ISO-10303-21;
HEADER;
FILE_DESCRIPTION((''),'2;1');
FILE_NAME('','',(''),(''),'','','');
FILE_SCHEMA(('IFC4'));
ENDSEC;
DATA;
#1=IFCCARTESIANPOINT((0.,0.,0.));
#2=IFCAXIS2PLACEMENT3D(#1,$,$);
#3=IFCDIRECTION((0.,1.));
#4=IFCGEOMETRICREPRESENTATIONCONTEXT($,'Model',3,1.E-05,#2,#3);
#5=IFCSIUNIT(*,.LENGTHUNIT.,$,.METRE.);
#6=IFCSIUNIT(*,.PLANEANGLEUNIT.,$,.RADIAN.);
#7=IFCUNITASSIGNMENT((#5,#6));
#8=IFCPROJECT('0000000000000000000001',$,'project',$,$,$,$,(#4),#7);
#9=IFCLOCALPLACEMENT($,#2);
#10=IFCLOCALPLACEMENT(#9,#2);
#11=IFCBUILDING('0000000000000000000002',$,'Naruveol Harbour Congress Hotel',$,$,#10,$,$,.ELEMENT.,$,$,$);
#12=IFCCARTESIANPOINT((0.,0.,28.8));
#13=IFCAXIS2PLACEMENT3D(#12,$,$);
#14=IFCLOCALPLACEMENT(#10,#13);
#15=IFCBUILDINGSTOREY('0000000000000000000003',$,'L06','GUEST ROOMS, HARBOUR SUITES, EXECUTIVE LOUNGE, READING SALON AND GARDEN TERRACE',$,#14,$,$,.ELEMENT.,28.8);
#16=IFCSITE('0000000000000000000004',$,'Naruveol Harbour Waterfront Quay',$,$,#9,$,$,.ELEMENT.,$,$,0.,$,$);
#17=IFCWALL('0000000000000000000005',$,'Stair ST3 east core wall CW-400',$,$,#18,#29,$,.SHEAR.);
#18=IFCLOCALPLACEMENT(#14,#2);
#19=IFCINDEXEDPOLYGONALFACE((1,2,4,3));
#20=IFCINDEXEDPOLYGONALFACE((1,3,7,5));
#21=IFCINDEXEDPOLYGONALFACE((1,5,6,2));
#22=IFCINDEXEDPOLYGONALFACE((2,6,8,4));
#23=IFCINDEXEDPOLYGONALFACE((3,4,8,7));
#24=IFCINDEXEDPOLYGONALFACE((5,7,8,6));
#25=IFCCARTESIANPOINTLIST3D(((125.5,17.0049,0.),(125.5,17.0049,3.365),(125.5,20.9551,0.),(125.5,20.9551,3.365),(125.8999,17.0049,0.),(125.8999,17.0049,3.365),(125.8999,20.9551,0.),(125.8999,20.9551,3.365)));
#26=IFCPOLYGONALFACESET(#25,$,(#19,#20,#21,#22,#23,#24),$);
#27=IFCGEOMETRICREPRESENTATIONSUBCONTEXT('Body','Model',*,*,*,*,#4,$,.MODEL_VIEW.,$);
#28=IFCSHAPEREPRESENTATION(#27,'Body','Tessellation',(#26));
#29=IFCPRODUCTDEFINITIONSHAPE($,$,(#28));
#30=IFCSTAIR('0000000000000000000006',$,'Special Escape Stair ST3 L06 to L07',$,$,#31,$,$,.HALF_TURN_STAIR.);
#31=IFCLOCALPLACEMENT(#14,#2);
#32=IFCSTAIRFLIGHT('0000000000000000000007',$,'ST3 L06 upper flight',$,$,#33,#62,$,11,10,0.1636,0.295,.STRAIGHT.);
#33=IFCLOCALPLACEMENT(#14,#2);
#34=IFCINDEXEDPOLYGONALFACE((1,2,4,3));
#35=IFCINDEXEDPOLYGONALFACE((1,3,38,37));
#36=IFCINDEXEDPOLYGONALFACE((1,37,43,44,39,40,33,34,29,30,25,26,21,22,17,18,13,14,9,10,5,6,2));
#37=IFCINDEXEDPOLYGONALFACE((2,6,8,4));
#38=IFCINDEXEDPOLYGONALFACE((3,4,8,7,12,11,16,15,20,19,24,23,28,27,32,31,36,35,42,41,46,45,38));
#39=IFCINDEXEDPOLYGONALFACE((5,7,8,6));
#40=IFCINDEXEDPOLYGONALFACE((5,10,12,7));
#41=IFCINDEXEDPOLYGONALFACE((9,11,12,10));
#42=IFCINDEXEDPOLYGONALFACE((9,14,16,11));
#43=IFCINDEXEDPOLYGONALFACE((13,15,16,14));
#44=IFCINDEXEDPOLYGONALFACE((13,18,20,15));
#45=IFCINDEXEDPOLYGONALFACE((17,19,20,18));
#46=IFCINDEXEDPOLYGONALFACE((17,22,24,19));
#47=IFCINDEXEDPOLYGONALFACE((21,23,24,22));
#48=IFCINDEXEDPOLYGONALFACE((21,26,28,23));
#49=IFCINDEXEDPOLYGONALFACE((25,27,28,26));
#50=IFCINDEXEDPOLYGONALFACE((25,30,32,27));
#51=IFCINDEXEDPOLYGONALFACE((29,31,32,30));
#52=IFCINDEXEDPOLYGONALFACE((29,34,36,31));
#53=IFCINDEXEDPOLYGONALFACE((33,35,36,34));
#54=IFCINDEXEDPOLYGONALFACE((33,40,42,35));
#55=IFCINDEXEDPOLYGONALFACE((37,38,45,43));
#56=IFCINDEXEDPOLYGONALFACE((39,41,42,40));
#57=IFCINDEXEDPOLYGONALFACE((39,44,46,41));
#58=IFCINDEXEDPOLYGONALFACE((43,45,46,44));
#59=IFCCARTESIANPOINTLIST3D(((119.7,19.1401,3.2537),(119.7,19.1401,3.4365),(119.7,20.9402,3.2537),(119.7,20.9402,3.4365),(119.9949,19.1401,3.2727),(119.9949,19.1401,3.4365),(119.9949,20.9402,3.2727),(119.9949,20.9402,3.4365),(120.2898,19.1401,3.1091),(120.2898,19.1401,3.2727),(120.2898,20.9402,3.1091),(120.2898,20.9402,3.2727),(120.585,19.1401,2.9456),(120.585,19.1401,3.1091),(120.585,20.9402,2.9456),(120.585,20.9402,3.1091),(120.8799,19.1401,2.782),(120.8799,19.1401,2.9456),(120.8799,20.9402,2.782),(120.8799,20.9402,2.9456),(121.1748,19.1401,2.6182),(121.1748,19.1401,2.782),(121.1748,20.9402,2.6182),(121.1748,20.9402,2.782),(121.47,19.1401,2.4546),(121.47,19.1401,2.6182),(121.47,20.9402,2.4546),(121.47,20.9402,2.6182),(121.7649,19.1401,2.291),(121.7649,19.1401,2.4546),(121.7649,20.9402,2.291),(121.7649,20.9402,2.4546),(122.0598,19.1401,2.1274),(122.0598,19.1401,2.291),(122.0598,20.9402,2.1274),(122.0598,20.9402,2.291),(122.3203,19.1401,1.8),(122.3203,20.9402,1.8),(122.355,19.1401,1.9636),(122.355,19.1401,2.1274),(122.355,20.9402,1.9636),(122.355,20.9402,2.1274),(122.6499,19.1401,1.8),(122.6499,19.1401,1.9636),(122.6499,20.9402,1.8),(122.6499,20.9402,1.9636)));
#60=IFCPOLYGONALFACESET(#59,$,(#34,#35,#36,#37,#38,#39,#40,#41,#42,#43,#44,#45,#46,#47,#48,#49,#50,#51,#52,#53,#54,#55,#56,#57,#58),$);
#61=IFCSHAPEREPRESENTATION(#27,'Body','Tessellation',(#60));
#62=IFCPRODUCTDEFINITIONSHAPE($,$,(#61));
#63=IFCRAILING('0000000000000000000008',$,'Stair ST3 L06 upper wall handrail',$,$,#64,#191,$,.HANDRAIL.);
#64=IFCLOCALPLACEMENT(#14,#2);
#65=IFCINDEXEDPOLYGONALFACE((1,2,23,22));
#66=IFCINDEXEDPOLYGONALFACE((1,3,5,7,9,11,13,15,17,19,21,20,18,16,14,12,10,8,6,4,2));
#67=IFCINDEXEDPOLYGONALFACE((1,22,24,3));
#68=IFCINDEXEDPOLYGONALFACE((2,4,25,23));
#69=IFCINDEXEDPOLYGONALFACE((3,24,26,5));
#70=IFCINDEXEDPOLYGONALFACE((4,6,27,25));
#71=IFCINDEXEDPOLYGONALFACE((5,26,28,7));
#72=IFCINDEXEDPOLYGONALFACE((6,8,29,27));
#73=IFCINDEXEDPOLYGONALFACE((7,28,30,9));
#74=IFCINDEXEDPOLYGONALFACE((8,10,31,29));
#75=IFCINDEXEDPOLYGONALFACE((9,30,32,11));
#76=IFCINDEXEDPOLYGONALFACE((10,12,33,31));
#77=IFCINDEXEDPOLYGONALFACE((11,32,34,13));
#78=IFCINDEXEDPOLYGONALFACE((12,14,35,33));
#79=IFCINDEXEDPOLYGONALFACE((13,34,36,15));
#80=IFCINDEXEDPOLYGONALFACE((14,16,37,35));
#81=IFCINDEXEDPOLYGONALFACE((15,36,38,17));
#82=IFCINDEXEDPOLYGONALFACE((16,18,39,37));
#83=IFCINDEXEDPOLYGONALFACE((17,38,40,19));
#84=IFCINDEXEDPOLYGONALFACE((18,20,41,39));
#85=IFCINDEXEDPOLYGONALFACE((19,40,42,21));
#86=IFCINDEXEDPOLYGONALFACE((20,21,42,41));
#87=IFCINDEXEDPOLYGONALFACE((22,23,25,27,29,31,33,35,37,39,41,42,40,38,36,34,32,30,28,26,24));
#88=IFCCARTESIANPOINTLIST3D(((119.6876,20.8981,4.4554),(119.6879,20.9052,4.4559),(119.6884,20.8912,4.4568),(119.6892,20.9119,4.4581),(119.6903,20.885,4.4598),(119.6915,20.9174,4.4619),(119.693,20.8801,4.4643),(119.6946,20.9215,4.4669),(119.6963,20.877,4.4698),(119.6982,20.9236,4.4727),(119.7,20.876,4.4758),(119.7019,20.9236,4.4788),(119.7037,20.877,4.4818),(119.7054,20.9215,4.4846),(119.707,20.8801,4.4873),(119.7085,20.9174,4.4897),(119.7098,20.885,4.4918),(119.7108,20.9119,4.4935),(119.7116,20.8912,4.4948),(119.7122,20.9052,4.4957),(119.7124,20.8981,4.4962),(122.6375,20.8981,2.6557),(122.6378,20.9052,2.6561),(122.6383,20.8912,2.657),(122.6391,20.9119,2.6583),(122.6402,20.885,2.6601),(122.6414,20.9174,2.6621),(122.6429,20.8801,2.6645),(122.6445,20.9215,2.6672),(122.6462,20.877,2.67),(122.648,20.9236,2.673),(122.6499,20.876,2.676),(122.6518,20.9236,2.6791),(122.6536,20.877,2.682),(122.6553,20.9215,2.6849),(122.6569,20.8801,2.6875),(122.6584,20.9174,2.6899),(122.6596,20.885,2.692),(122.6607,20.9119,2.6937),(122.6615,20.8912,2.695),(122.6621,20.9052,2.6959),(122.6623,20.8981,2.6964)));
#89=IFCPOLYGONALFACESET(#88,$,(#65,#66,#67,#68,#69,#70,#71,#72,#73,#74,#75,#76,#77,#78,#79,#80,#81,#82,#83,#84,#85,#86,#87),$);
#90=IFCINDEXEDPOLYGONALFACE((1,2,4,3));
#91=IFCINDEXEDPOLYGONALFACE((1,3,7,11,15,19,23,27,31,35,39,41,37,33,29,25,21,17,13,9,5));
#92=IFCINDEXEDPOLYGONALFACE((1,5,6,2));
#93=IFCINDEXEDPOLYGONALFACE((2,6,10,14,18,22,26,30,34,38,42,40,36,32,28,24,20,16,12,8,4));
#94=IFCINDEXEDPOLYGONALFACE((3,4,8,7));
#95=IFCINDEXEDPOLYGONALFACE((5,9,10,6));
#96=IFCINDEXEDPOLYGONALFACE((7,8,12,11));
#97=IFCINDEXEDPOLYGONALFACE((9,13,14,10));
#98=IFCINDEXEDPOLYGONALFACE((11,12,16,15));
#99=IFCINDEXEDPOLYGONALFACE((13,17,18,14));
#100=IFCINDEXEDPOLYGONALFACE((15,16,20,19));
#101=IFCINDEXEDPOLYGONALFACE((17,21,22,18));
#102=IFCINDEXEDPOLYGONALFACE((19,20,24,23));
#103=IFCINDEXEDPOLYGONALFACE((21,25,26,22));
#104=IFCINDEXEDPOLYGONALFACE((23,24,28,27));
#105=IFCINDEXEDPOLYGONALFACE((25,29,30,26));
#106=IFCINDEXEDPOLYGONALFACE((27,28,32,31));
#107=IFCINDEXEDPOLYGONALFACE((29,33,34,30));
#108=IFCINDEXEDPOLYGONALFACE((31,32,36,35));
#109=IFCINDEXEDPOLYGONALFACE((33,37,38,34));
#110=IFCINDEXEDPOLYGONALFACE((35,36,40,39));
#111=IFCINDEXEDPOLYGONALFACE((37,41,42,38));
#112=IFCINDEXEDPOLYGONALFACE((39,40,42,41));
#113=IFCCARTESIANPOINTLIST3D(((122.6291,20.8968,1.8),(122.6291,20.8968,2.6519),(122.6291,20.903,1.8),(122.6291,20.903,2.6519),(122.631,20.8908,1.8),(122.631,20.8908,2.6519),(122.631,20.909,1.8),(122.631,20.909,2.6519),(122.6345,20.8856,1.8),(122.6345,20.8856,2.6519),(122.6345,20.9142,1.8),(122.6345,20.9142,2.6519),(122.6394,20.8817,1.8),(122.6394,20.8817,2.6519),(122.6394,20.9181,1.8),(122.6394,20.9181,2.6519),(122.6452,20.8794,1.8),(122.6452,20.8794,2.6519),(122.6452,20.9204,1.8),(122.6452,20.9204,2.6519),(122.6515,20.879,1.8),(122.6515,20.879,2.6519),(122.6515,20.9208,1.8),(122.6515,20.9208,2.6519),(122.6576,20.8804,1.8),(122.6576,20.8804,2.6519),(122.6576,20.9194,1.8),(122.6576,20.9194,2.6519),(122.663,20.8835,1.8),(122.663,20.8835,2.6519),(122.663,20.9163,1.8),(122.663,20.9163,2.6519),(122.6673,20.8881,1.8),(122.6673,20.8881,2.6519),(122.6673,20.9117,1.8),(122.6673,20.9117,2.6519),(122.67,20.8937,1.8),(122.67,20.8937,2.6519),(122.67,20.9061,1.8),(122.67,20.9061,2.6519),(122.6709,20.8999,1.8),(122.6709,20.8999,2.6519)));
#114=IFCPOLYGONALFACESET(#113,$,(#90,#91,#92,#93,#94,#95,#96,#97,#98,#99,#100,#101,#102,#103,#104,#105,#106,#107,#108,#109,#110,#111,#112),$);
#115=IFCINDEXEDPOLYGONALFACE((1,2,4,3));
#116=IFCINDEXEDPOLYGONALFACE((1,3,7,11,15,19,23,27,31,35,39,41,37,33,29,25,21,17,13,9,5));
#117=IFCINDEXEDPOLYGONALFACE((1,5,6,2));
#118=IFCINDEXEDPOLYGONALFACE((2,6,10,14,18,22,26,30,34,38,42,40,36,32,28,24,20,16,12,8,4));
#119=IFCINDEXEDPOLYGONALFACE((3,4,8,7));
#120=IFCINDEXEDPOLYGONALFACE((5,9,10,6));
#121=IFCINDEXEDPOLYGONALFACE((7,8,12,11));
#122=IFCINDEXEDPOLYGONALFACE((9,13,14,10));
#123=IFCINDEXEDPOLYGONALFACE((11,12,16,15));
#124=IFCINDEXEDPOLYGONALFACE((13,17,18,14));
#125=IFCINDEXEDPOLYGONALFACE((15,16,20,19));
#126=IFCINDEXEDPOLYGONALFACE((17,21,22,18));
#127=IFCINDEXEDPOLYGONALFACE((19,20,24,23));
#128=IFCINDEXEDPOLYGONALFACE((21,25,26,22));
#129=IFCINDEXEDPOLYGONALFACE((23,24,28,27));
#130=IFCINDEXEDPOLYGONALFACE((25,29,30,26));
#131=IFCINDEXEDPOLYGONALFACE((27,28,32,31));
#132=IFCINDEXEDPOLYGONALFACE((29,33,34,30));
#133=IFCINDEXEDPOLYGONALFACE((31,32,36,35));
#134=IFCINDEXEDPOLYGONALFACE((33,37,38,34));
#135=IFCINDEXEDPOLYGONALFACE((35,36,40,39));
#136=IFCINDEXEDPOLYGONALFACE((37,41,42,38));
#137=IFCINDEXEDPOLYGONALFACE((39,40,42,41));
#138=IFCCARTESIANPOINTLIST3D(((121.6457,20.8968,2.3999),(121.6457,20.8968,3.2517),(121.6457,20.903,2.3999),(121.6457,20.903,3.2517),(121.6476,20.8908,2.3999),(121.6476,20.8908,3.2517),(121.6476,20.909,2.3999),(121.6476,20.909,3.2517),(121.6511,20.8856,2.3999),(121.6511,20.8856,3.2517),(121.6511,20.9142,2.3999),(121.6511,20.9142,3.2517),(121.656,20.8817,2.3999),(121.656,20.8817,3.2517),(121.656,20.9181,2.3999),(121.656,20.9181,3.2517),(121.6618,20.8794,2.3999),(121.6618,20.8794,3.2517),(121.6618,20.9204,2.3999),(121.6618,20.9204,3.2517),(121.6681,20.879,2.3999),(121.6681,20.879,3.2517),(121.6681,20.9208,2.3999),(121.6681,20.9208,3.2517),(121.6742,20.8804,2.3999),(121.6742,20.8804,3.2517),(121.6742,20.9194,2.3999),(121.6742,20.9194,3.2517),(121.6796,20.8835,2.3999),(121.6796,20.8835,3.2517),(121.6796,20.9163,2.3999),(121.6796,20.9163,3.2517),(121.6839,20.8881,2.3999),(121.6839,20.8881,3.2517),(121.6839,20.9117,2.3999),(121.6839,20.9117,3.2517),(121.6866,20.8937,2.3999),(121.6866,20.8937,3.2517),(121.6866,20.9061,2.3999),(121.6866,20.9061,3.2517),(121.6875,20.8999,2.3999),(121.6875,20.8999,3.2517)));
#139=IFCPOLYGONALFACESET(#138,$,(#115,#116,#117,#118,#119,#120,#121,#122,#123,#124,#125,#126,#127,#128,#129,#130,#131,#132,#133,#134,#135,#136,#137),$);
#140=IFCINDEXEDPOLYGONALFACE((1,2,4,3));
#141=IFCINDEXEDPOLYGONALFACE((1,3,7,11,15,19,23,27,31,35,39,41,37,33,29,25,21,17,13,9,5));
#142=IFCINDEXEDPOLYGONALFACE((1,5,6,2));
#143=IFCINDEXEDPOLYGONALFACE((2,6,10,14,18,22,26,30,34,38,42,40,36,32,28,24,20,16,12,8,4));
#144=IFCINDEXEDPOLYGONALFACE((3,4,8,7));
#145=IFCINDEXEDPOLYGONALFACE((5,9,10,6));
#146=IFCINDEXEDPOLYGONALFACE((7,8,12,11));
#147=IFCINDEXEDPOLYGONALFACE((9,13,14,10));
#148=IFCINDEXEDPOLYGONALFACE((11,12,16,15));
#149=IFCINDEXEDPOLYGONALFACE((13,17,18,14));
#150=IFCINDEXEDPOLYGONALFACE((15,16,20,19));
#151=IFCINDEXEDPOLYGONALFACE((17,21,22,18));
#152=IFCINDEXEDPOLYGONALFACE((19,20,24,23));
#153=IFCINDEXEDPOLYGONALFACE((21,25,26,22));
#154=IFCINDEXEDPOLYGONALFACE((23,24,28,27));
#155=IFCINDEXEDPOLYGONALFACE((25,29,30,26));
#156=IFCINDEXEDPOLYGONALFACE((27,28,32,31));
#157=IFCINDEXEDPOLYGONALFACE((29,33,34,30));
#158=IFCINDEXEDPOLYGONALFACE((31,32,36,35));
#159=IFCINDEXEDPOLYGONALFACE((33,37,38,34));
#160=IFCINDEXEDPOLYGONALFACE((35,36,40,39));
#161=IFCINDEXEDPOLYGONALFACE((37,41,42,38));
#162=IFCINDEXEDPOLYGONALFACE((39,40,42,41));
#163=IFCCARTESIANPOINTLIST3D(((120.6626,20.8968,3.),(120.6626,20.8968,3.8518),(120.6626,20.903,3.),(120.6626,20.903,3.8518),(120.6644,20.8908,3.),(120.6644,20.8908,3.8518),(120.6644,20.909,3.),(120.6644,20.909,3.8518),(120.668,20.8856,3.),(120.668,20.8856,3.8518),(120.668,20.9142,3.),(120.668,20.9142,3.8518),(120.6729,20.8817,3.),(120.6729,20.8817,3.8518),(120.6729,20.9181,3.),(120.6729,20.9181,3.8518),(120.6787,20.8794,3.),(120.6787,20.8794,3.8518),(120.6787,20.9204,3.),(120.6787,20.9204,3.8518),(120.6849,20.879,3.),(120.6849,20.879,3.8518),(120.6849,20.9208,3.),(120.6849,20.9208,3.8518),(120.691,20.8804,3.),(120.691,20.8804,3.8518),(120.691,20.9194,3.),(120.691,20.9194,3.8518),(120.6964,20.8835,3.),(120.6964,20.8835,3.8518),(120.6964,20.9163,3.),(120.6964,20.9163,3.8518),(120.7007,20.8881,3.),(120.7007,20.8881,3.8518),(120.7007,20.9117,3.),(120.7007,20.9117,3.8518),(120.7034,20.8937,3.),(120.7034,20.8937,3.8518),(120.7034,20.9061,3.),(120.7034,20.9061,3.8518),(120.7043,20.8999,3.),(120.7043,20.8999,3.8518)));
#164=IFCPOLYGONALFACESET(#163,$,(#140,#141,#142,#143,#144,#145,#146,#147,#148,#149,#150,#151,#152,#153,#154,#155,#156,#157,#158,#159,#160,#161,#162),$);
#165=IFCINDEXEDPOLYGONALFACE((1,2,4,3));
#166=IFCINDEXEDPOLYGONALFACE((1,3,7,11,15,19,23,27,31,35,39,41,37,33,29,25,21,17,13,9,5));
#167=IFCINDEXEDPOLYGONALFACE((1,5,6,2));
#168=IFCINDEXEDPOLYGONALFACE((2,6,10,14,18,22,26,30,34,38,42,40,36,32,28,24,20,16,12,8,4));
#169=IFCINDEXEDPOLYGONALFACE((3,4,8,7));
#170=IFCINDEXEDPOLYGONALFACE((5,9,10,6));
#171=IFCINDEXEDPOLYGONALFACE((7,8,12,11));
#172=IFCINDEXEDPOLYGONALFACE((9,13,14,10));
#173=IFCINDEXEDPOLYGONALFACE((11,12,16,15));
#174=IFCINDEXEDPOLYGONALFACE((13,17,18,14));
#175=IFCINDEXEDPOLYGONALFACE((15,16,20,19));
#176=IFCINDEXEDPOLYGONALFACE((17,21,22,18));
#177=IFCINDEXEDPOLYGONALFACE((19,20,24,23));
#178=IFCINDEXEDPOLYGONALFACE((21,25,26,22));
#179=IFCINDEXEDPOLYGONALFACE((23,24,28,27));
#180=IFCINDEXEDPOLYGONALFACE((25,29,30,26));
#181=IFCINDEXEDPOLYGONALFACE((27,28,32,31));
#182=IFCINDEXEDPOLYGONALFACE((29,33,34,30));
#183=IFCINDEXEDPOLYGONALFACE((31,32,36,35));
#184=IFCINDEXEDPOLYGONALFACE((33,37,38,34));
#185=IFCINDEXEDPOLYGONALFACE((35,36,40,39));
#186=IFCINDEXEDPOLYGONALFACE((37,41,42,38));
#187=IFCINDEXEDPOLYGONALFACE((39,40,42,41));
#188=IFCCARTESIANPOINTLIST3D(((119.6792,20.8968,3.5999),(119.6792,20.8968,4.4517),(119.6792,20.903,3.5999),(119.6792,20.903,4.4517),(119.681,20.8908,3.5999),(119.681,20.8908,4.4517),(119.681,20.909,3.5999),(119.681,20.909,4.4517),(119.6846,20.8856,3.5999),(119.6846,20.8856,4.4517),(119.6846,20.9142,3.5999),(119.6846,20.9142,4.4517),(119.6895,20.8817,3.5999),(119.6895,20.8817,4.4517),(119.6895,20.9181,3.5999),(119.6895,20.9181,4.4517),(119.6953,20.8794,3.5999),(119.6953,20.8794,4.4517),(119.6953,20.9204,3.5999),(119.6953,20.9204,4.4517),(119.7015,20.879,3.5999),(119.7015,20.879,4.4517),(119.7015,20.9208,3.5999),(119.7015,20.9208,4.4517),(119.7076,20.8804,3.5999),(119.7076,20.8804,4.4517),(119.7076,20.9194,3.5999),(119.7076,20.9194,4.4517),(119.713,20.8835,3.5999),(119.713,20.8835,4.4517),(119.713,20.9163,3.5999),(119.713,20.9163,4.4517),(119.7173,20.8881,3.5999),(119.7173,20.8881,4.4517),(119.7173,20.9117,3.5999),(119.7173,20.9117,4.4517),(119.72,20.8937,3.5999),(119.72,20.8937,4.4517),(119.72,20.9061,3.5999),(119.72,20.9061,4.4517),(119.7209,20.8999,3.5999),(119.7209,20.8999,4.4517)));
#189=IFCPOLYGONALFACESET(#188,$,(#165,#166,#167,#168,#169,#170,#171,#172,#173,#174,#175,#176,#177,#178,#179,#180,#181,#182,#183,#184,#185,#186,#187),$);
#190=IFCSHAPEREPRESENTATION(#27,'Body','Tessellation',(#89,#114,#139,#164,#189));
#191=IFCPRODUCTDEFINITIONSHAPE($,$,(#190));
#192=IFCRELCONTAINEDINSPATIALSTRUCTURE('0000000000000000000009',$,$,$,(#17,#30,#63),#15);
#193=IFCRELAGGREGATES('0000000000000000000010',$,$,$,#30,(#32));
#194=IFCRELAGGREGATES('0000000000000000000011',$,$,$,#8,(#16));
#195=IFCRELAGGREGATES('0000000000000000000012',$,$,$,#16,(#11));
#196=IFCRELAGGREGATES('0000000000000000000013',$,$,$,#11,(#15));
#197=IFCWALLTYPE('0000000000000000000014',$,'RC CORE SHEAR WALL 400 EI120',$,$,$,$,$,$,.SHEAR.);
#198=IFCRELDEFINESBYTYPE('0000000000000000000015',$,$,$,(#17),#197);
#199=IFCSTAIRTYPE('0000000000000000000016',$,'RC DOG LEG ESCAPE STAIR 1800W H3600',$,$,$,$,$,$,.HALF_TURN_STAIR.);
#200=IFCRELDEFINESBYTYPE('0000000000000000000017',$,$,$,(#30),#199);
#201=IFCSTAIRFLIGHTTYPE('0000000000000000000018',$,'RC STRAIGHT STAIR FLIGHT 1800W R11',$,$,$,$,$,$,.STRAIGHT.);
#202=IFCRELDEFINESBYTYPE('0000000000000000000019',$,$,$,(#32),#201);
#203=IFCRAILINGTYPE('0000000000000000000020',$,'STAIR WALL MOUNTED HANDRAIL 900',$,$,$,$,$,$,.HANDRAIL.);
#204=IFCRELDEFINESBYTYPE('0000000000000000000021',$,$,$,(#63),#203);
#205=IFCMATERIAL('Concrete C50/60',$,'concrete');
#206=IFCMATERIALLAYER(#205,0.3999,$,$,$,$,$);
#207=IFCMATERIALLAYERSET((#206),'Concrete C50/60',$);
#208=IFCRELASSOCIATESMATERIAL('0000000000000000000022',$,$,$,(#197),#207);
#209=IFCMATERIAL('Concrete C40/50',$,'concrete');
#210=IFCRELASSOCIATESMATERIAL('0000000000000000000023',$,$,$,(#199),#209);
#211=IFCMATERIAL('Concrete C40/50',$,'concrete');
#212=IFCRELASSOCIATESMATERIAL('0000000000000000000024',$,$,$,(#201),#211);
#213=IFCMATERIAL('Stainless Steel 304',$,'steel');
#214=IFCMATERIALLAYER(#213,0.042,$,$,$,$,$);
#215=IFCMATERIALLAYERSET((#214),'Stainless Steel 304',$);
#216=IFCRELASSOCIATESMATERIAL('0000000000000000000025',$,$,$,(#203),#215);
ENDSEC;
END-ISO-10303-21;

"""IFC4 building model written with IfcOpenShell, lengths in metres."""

from ifc_helpers import new_model, si_unit, direction, frame, frame_2d, origin, origin_2d, place, context, subcontext, project, spatial, polyline, rectangle, circle, outline, extrude, material, layer, layer_set, type_object, element, aggregate, save


model = new_model("IFC4")

# Units and contexts
model_context = context("Model", 3, precision=1e-05, world=origin(), true_north=direction((0.0, 1.0)))
body_context = subcontext(model_context, "Body", "Model", "MODEL_VIEW")
ifc_project = project(units=[si_unit("LENGTHUNIT", "METRE"), si_unit("PLANEANGLEUNIT", "RADIAN")], contexts=[model_context])

# Site, building, storey
site_placement = place(None, origin())
site = spatial("IfcSite", under=ifc_project, at=site_placement, Name="Naruveol Harbour Waterfront Quay", CompositionType="ELEMENT", RefElevation=0.0)
building_placement = place(site_placement, origin())
building = spatial("IfcBuilding", under=site, at=building_placement, Name="Naruveol Harbour Congress Hotel", CompositionType="ELEMENT")
storey_placement = place(building_placement, frame((0.0, 0.0, 28.8)))
storey = spatial("IfcBuildingStorey", under=building, at=storey_placement, Name="L06", Description="GUEST ROOMS, HARBOUR SUITES, EXECUTIVE LOUNGE, READING SALON AND GARDEN TERRACE", CompositionType="ELEMENT", Elevation=28.8)

# Wall
ifc_material_1 = material(Name="Concrete C50/60", Category="concrete")
ifc_layer_1 = layer(ifc_material_1, 0.3999)
ifc_layer_set_1 = layer_set([ifc_layer_1], Name="Concrete C50/60")
wall_type_1 = type_object("IfcWallType", Name="RC CORE SHEAR WALL 400 EI120", PredefinedType="SHEAR", material=ifc_layer_set_1)
wall_1_placement = place(storey_placement, frame((125.7, 17.0049, 0.0), z_axis=(0.0, 0.0, 1.0), x_axis=(0.0, 1.0, 0.0)))
element("IfcWall", 1, at=wall_1_placement, inside=storey, type_object=wall_type_1, Name="Stair ST3 east core wall CW-400", PredefinedType="SHEAR", context=body_context, shape_type="SweptSolid", body=[
    extrude(rectangle(XDim=3.9502, YDim=0.3999, at=frame_2d((1.9751, 0.0))), origin(), (0.0, 0.0, 1.0), 3.365),
])

# Stair, stair flight
ifc_material_2 = material(Name="Concrete C40/50", Category="concrete")
stair_type = type_object("IfcStairType", Name="RC DOG LEG ESCAPE STAIR 1800W H3600", PredefinedType="HALF_TURN_STAIR", material=ifc_material_2)
stair_placement = place(storey_placement, origin())
stair = element("IfcStair", 2, at=stair_placement, inside=storey, type_object=stair_type, Name="Special Escape Stair ST3 L06 to L07", PredefinedType="HALF_TURN_STAIR")
ifc_material_3 = material(Name="Concrete C40/50", Category="concrete")
stair_flight_type = type_object("IfcStairFlightType", Name="RC STRAIGHT STAIR FLIGHT 1800W R11", PredefinedType="STRAIGHT", material=ifc_material_3)
stair_flight_placement = place(storey_placement, frame((122.6499, 20.04, 1.8), z_axis=(0.0, 0.0, 1.0), x_axis=(-1.0, 0.0, 0.0)))
stair_flight = element("IfcStairFlight", 3, at=stair_flight_placement, type_object=stair_flight_type, Name="ST3 L06 upper flight", NumberOfRisers=11, NumberOfTreads=10, PredefinedType="STRAIGHT", RiserHeight=0.1636, TreadLength=0.295, context=body_context, shape_type="SweptSolid", body=[
    extrude(outline(polyline([(0.0, 0.0), (0.0, 0.1636), (0.2949, 0.1636), (0.2949, 0.3274), (0.5901, 0.3274), (0.5901, 0.491), (0.885, 0.491), (0.885, 0.6545), (1.1799, 0.6545), (1.1799, 0.8181), (1.4751, 0.8181), (1.4751, 0.9819), (1.77, 0.9819), (1.77, 1.1455), (2.0649, 1.1455), (2.0649, 1.3091), (2.3601, 1.3091), (2.3601, 1.4727), (2.655, 1.4727), (2.655, 1.6365), (2.95, 1.6365), (2.95, 1.8), (2.95, 1.4536), (0.3296, 0.0), (0.0, 0.0)])), frame((0.0, 0.8999, 0.0), z_axis=(0.0, -1.0, 0.0), x_axis=(1.0, 0.0, 0.0)), (0.0, 0.0, 1.0), 1.8),
])
aggregate(stair, [stair_flight])

# Railing
ifc_material_4 = material(Name="Stainless Steel 304", Category="steel")
ifc_layer_2 = layer(ifc_material_4, 0.042)
ifc_layer_set_2 = layer_set([ifc_layer_2], Name="Stainless Steel 304")
railing_type_1 = type_object("IfcRailingType", Name="STAIR WALL MOUNTED HANDRAIL 900", PredefinedType="HANDRAIL", material=ifc_layer_set_2)
railing_1_placement = place(storey_placement, frame((122.6499, 20.8999, 1.8)))
element("IfcRailing", 4, at=railing_1_placement, inside=storey, type_object=railing_type_1, Name="Stair ST3 L06 upper wall handrail", PredefinedType="HANDRAIL", context=body_context, shape_type="SweptSolid", body=[
    extrude(circle(Radius=0.0239, at=origin_2d()), frame((0.0, 0.0, 0.876), z_axis=(-0.853661, 0.0, 0.52083), x_axis=(0.0, -1.0, 0.0)), (0.0, 0.0, 1.0), 3.4556),
    extrude(circle(Radius=0.021, at=origin_2d()), origin(), (0.0, 0.0, 1.0), 0.8518),
    extrude(circle(Radius=0.021, at=origin_2d()), frame((-0.9834, 0.0, 0.5999)), (0.0, 0.0, 1.0), 0.8518),
    extrude(circle(Radius=0.021, at=origin_2d()), frame((-1.9666, 0.0, 1.2)), (0.0, 0.0, 1.0), 0.8518),
    extrude(circle(Radius=0.021, at=origin_2d()), frame((-2.95, 0.0, 1.7998)), (0.0, 0.0, 1.0), 0.8518),
])

save(model, "model.ifc")
